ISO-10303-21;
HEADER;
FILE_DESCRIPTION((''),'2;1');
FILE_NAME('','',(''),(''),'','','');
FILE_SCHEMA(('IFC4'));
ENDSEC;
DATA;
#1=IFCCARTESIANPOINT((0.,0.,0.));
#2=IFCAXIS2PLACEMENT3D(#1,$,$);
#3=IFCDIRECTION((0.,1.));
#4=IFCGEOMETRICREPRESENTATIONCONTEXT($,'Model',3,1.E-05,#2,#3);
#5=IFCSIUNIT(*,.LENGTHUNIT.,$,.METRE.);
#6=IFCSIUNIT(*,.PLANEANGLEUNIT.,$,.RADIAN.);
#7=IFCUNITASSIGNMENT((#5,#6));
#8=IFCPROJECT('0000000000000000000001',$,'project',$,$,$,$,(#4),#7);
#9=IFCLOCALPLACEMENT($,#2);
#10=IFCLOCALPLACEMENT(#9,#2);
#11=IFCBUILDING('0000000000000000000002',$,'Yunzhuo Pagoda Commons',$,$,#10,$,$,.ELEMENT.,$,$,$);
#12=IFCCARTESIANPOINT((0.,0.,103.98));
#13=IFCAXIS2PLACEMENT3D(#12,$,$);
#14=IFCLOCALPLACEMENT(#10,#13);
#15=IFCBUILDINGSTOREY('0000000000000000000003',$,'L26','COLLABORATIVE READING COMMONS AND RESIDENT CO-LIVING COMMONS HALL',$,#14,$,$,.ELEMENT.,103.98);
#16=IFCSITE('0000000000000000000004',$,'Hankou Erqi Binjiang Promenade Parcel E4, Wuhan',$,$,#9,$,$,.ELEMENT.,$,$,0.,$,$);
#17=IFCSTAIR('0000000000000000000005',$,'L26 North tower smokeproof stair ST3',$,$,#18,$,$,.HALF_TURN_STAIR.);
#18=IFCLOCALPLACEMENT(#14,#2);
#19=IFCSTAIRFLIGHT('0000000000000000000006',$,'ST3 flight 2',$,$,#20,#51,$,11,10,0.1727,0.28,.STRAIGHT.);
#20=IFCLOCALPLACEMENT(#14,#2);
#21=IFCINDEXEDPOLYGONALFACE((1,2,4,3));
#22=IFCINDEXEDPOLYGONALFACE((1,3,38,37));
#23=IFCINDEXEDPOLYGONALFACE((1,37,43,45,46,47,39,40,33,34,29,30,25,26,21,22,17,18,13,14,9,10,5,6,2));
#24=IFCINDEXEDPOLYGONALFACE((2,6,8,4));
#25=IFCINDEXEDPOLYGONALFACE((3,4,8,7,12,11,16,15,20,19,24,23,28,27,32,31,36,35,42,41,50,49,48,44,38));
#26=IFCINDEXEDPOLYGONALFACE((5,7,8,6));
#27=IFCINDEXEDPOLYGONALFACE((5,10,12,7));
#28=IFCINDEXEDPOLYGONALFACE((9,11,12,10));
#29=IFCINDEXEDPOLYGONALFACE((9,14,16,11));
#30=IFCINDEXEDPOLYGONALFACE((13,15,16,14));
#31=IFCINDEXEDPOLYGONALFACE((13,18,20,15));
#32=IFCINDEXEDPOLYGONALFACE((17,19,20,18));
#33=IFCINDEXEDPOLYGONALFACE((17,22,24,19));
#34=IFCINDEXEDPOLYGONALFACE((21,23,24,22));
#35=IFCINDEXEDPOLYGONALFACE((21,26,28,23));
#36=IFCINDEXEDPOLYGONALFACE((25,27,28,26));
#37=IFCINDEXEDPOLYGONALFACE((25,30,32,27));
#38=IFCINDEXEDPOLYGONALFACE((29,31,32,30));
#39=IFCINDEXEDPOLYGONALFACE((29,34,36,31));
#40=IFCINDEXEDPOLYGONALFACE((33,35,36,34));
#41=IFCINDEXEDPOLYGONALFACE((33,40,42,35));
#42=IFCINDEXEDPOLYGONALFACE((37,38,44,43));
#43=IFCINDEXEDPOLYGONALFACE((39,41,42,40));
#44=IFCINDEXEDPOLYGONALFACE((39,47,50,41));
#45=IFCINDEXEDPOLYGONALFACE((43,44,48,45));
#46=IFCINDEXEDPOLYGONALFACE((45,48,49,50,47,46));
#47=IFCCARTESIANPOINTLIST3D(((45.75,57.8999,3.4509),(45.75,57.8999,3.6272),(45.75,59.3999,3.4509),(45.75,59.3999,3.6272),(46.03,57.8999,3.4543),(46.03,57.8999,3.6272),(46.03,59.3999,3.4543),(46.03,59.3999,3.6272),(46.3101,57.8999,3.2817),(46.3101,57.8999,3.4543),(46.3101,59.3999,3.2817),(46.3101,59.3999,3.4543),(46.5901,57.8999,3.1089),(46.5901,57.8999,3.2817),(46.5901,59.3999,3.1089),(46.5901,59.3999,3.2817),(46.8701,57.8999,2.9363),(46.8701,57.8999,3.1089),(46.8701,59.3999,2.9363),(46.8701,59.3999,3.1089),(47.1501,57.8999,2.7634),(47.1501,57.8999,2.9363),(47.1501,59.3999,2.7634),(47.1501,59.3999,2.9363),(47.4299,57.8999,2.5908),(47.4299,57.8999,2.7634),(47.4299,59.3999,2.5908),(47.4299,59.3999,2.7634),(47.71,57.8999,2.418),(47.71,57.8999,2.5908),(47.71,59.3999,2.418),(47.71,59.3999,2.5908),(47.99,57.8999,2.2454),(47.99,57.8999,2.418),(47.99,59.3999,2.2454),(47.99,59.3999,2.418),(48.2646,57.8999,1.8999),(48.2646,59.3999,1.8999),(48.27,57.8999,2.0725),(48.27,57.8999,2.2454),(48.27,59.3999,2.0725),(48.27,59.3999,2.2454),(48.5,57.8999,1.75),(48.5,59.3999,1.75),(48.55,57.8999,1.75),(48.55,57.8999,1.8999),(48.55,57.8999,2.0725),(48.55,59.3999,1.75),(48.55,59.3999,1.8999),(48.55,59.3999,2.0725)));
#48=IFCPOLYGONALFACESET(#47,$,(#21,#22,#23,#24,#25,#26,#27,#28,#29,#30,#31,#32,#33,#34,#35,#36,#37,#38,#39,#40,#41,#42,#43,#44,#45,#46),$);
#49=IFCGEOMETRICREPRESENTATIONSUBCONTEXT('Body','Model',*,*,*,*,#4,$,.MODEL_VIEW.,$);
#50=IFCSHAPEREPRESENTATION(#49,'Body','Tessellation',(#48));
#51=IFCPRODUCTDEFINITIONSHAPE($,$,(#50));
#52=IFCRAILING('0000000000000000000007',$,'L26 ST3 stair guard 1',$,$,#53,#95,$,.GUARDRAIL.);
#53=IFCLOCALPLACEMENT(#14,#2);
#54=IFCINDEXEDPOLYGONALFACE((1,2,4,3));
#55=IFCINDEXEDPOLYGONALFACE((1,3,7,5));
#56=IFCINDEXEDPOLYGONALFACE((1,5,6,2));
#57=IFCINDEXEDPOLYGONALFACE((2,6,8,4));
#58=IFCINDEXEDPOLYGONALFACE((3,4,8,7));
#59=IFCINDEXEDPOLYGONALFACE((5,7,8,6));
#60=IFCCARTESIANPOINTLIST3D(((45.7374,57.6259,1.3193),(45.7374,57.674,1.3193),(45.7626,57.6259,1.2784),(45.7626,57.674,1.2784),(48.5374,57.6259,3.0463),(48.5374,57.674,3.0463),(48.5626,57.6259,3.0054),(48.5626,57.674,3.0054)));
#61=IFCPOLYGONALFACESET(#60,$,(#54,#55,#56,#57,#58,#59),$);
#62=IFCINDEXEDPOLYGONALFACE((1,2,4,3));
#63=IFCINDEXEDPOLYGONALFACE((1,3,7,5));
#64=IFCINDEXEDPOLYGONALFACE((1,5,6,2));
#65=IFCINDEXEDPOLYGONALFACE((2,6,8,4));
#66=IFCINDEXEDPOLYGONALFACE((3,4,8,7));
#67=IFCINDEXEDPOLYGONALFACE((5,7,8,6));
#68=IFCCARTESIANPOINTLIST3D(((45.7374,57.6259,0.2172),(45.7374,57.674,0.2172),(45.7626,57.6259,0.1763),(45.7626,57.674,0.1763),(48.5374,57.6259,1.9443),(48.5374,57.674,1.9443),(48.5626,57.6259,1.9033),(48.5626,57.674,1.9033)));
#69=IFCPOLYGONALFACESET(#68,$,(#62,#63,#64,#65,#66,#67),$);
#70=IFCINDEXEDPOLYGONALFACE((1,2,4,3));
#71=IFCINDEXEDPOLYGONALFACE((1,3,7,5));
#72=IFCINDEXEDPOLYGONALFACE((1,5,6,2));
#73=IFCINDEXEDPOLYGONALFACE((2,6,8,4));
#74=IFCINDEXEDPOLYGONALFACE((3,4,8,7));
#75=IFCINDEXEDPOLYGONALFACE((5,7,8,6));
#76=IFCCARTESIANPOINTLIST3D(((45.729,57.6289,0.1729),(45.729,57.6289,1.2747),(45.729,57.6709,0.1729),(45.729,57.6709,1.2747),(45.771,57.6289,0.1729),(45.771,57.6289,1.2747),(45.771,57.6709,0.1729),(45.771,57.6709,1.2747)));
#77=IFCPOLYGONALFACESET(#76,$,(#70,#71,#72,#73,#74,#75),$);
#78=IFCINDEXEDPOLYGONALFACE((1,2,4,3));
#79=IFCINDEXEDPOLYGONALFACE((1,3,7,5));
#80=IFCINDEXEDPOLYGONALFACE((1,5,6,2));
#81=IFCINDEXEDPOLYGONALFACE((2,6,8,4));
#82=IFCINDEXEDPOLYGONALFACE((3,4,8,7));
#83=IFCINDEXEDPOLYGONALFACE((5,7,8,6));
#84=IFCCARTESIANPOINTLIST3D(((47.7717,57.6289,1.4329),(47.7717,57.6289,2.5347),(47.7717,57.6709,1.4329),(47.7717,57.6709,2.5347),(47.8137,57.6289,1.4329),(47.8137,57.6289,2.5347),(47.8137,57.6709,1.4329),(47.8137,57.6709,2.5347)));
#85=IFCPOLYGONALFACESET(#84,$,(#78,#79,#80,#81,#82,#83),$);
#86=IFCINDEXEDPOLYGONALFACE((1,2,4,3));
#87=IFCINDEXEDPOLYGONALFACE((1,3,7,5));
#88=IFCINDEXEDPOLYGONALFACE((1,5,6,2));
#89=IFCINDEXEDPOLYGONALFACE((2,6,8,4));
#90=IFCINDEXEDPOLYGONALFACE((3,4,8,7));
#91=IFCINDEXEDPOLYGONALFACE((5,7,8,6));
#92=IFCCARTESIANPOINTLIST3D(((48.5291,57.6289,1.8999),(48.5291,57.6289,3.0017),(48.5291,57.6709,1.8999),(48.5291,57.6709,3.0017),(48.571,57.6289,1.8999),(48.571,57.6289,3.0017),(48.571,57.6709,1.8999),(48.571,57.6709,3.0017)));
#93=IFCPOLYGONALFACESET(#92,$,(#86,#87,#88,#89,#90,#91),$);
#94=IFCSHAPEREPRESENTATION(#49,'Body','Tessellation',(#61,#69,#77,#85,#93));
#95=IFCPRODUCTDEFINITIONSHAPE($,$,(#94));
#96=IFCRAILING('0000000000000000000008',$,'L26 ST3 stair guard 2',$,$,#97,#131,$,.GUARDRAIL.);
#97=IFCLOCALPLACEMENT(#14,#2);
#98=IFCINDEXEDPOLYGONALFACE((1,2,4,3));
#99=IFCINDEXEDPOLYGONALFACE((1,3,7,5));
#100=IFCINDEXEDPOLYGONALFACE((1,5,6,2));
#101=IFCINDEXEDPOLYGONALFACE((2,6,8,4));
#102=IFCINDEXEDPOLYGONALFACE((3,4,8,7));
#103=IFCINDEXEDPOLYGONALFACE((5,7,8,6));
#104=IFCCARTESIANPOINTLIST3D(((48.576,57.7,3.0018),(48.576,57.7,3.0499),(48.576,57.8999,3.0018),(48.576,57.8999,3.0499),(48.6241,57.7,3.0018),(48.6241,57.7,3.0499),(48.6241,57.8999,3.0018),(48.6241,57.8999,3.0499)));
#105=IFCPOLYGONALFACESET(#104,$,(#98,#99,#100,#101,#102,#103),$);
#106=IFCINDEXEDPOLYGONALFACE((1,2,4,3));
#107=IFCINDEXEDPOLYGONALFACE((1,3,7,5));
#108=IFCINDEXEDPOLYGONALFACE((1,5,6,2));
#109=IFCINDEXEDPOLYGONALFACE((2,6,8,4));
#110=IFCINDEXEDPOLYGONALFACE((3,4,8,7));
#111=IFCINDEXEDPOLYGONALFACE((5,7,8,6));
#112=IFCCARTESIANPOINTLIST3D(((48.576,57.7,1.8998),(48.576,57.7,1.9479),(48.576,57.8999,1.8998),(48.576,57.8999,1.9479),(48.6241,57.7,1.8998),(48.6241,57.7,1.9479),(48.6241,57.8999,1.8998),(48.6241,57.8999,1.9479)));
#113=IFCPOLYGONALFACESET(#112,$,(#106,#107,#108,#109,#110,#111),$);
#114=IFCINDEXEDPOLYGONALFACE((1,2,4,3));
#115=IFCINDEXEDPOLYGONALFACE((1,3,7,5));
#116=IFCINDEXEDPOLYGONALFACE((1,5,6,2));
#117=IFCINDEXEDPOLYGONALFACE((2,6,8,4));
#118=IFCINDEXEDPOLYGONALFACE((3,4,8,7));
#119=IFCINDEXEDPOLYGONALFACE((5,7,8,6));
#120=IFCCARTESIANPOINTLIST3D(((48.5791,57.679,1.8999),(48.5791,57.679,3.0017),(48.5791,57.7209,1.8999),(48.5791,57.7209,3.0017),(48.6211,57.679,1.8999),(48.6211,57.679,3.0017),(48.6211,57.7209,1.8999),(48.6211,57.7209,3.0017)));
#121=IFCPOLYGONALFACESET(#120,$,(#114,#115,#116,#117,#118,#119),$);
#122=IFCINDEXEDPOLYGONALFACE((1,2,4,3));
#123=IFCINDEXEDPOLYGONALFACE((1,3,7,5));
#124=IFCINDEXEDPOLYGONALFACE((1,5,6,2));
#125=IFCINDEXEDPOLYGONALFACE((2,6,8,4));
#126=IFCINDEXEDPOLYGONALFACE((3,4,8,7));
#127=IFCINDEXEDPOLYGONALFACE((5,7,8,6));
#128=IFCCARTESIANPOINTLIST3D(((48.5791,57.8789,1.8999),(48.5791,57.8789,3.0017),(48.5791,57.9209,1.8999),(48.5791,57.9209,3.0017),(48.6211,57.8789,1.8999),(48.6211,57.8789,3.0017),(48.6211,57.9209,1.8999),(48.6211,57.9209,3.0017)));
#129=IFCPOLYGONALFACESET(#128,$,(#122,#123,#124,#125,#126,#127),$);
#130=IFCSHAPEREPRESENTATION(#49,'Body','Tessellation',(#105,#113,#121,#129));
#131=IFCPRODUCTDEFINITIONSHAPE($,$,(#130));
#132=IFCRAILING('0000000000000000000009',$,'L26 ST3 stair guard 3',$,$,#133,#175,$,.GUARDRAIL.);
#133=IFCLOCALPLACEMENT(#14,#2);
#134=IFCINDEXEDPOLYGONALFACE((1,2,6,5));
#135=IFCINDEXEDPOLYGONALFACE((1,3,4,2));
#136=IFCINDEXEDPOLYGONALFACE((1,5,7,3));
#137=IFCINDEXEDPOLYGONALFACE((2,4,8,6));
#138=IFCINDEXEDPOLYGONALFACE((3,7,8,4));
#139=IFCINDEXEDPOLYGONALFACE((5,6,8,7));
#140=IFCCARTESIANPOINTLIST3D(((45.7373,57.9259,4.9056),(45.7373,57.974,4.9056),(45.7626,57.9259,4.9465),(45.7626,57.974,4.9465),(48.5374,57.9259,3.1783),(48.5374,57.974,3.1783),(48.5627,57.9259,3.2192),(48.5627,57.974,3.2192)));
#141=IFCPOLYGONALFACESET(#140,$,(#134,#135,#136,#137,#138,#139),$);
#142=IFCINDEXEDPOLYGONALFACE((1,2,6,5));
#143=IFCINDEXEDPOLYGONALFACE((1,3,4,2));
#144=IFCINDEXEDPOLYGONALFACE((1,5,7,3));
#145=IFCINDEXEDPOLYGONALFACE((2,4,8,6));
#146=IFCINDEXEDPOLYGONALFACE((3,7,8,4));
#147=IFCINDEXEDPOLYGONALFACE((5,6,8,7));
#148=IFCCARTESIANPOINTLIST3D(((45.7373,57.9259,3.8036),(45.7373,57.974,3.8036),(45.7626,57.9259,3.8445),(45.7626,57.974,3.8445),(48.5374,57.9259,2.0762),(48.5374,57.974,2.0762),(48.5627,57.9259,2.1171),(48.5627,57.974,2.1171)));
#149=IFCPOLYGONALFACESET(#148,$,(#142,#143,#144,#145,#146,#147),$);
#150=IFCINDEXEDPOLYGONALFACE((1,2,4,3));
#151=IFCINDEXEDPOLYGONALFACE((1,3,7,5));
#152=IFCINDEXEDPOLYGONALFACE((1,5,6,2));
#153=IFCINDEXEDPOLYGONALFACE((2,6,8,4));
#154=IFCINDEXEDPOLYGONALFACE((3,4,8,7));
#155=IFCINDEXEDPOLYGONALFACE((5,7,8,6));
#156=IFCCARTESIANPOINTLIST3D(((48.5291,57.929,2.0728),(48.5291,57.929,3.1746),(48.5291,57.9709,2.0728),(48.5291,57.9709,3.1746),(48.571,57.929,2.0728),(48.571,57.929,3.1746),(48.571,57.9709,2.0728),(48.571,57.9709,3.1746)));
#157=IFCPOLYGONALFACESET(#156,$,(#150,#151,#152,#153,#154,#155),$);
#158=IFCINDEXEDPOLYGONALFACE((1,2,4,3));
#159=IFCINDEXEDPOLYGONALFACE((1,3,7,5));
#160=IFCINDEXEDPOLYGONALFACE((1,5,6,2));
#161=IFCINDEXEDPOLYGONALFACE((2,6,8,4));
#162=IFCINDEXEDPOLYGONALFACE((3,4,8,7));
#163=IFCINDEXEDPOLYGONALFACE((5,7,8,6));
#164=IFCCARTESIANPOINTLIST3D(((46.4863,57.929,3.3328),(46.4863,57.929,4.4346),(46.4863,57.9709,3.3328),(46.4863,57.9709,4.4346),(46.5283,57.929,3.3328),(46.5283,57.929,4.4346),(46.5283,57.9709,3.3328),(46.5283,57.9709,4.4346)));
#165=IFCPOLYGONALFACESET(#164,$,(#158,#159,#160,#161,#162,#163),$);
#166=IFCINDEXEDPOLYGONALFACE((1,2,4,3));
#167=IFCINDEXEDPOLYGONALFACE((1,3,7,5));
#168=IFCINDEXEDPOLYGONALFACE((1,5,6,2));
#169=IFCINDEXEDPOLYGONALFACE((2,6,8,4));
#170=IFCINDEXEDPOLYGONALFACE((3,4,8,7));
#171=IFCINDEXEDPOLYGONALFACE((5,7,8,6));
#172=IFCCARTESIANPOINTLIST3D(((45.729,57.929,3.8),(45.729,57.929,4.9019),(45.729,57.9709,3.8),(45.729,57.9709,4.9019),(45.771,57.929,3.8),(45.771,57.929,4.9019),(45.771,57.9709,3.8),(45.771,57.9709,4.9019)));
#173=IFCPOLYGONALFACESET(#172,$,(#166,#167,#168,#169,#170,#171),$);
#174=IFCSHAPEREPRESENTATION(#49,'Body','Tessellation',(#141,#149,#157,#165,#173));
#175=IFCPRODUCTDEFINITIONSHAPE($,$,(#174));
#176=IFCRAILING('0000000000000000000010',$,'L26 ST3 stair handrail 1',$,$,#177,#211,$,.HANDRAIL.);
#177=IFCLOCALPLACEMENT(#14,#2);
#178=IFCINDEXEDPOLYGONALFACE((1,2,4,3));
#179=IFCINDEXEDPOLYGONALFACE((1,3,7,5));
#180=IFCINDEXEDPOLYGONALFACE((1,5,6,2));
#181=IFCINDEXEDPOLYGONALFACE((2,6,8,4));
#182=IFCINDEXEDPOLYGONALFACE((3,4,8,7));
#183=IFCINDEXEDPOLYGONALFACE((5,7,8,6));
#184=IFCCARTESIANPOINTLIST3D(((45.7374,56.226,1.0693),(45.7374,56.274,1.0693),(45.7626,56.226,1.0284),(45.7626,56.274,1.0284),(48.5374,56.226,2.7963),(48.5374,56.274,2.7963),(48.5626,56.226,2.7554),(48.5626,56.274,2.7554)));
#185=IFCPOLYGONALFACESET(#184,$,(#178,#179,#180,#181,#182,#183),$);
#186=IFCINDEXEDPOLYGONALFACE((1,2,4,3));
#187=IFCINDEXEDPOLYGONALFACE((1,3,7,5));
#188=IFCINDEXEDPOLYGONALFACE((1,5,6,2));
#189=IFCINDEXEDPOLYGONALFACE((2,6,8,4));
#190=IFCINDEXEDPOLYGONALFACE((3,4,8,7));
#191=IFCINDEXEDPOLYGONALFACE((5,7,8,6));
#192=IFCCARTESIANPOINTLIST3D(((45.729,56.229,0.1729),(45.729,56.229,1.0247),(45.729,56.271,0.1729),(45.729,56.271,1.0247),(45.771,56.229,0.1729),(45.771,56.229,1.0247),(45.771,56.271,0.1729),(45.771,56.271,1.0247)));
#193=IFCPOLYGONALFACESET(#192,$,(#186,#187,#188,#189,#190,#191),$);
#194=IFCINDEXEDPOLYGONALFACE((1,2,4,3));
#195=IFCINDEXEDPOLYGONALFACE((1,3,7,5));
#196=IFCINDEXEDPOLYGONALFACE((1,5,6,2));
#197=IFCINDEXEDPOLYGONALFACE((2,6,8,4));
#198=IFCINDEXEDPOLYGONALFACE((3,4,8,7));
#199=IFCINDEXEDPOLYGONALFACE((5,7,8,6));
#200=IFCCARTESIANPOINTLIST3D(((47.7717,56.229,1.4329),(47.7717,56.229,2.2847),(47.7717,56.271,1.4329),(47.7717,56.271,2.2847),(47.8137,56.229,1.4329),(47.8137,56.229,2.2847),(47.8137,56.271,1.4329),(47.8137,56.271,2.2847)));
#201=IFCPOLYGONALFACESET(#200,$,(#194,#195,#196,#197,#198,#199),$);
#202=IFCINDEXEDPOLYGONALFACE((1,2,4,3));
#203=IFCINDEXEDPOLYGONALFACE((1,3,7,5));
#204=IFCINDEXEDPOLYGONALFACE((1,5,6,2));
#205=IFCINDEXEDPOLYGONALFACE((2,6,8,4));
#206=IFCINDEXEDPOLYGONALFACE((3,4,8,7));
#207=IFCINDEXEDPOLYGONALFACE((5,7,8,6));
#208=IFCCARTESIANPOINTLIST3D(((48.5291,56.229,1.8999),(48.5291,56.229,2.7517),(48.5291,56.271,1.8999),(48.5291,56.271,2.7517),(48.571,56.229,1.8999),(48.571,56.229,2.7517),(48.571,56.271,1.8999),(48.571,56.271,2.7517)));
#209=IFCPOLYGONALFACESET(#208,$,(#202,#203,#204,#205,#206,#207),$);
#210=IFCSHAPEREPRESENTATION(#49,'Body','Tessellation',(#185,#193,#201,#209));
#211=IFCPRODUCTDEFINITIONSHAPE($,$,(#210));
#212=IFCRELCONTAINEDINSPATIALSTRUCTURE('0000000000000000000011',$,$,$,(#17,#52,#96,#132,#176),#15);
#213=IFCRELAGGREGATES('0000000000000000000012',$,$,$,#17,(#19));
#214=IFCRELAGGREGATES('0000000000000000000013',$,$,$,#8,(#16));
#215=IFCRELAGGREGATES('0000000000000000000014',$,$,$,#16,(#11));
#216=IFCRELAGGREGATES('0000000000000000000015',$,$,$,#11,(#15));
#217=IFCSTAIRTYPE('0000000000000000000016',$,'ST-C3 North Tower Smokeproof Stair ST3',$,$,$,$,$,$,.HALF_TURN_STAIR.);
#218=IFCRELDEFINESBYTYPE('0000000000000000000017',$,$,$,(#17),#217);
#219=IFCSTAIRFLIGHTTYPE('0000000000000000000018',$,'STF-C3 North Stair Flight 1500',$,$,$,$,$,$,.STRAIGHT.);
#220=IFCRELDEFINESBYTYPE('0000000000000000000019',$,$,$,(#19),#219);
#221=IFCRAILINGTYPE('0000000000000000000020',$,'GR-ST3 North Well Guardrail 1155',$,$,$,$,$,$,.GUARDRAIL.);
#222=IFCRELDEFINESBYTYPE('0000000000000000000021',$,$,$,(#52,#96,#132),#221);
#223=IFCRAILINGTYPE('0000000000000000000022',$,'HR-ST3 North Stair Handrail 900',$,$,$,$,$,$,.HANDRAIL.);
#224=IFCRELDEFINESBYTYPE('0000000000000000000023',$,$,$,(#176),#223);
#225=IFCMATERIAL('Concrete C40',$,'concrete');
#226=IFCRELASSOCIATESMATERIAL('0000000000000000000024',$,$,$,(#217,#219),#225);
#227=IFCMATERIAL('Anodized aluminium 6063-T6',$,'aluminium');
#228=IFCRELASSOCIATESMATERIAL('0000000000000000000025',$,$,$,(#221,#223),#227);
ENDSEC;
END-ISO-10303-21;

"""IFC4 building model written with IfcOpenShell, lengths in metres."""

from ifc_helpers import new_model, si_unit, direction, frame, origin, origin_2d, place, context, subcontext, project, spatial, polyline, rectangle, outline, extrude, source, transform, mapped, material, type_object, element, aggregate, save


model = new_model("IFC4")

# Units and contexts
model_context = context("Model", 3, precision=1e-05, world=origin(), true_north=direction((0.0, 1.0)))
body_context = subcontext(model_context, "Body", "Model", "MODEL_VIEW")
ifc_project = project(units=[si_unit("LENGTHUNIT", "METRE"), si_unit("PLANEANGLEUNIT", "RADIAN")], contexts=[model_context])

# Site, building, storey
site_placement = place(None, origin())
site = spatial("IfcSite", under=ifc_project, at=site_placement, Name="Hankou Erqi Binjiang Promenade Parcel E4, Wuhan", CompositionType="ELEMENT", RefElevation=0.0)
building_placement = place(site_placement, origin())
building = spatial("IfcBuilding", under=site, at=building_placement, Name="Yunzhuo Pagoda Commons", CompositionType="ELEMENT")
storey_placement = place(building_placement, frame((0.0, 0.0, 103.98)))
storey = spatial("IfcBuildingStorey", under=building, at=storey_placement, Name="L26", Description="COLLABORATIVE READING COMMONS AND RESIDENT CO-LIVING COMMONS HALL", CompositionType="ELEMENT", Elevation=103.98)

# Shared definitions
ifc_material_1 = material(Name="Anodized aluminium 6063-T6", Category="aluminium")

# Stair, stair flight
ifc_material_2 = material(Name="Concrete C40", Category="concrete")
stair_type = type_object("IfcStairType", Name="ST-C3 North Tower Smokeproof Stair ST3", PredefinedType="HALF_TURN_STAIR", material=ifc_material_2)
stair_placement = place(storey_placement, origin())
stair = element("IfcStair", 1, at=stair_placement, inside=storey, type_object=stair_type, Name="L26 North tower smokeproof stair ST3", PredefinedType="HALF_TURN_STAIR")
stair_flight_type = type_object("IfcStairFlightType", Name="STF-C3 North Stair Flight 1500", PredefinedType="STRAIGHT", material=ifc_material_2)
shared_shape_1 = source(origin(), body_context, "Body", "SweptSolid", [
    extrude(outline(polyline([(0.0, -0.1499), (0.0, 0.0), (0.0, 0.1726), (0.28, 0.1726), (0.28, 0.3455), (0.5601, 0.3455), (0.5601, 0.5181), (0.8401, 0.5181), (0.8401, 0.6909), (1.1201, 0.6909), (1.1201, 0.8635), (1.3999, 0.8635), (1.3999, 1.0364), (1.6799, 1.0364), (1.6799, 1.209), (1.96, 1.209), (1.96, 1.3818), (2.24, 1.3818), (2.24, 1.5544), (2.52, 1.5544), (2.52, 1.7273), (2.8, 1.7273), (2.8, 1.8999), (2.8, 1.551), (0.2854, 0.0), (0.05, -0.1499), (0.0, -0.1499)])), frame((0.0, 0.75, 0.0), z_axis=(0.0, -1.0, 0.0), x_axis=(1.0, 0.0, 0.0)), (0.0, 0.0, 1.0), 1.5),
])
stair_flight_placement = place(storey_placement, frame((48.55, 58.6499, 1.8999), z_axis=(0.0, 0.0, 1.0), x_axis=(-1.0, 0.0, 0.0)))
stair_flight = element("IfcStairFlight", 2, at=stair_flight_placement, type_object=stair_flight_type, Name="ST3 flight 2", NumberOfRisers=11, NumberOfTreads=10, PredefinedType="STRAIGHT", RiserHeight=0.1727, TreadLength=0.28, context=body_context, shape_type="MappedRepresentation", body=[
    mapped(shared_shape_1, transform((0.0, 0.0, 0.0), scale=1.0)),
])
aggregate(stair, [stair_flight])

# Railings
railing_type_1 = type_object("IfcRailingType", Name="GR-ST3 North Well Guardrail 1155", PredefinedType="GUARDRAIL", material=ifc_material_1)
railing_1_placement = place(storey_placement, frame((45.75, 57.6499, 0.1729)))
element("IfcRailing", 3, at=railing_1_placement, inside=storey, type_object=railing_type_1, Name="L26 ST3 stair guard 1", PredefinedType="GUARDRAIL", context=body_context, shape_type="SweptSolid", body=[
    extrude(rectangle(XDim=0.0481, YDim=0.0481, at=origin_2d()), frame((0.0, 0.0, 1.126), z_axis=(0.851123, 0.0, 0.524967), x_axis=(0.0, 1.0, 0.0)), (0.0, 0.0, 1.0), 3.2898),
    extrude(rectangle(XDim=0.0481, YDim=0.0481, at=origin_2d()), frame((0.0, 0.0, 0.0239), z_axis=(0.851123, 0.0, 0.524967), x_axis=(0.0, 1.0, 0.0)), (0.0, 0.0, 1.0), 3.2898),
    extrude(rectangle(XDim=0.042, YDim=0.042, at=origin_2d()), origin(), (0.0, 0.0, 1.0), 1.1018),
    extrude(rectangle(XDim=0.042, YDim=0.042, at=origin_2d()), frame((2.0427, 0.0, 1.26)), (0.0, 0.0, 1.0), 1.1018),
    extrude(rectangle(XDim=0.042, YDim=0.042, at=origin_2d()), frame((2.8, 0.0, 1.7271)), (0.0, 0.0, 1.0), 1.1018),
])
railing_2_placement = place(storey_placement, frame((48.6001, 57.7, 1.8999)))
element("IfcRailing", 4, at=railing_2_placement, inside=storey, type_object=railing_type_1, Name="L26 ST3 stair guard 2", PredefinedType="GUARDRAIL", context=body_context, shape_type="SweptSolid", body=[
    extrude(rectangle(XDim=0.0481, YDim=0.0481, at=origin_2d()), frame((0.0, 0.0, 1.126), z_axis=(0.0, 1.0, 0.0), x_axis=(-1.0, 0.0, 0.0)), (0.0, 0.0, 1.0), 0.2),
    extrude(rectangle(XDim=0.0481, YDim=0.0481, at=origin_2d()), frame((0.0, 0.0, 0.0239), z_axis=(0.0, 1.0, 0.0), x_axis=(-1.0, 0.0, 0.0)), (0.0, 0.0, 1.0), 0.2),
    extrude(rectangle(XDim=0.042, YDim=0.042, at=origin_2d()), origin(), (0.0, 0.0, 1.0), 1.1018),
    extrude(rectangle(XDim=0.042, YDim=0.042, at=origin_2d()), frame((0.0, 0.2, 0.0)), (0.0, 0.0, 1.0), 1.1018),
])
railing_3_placement = place(storey_placement, frame((48.55, 57.95, 2.0728)))
element("IfcRailing", 5, at=railing_3_placement, inside=storey, type_object=railing_type_1, Name="L26 ST3 stair guard 3", PredefinedType="GUARDRAIL", context=body_context, shape_type="SweptSolid", body=[
    extrude(rectangle(XDim=0.0481, YDim=0.0481, at=origin_2d()), frame((0.0, 0.0, 1.126), z_axis=(-0.85109, 0.0, 0.52502), x_axis=(0.0, -1.0, 0.0)), (0.0, 0.0, 1.0), 3.29),
    extrude(rectangle(XDim=0.0481, YDim=0.0481, at=origin_2d()), frame((0.0, 0.0, 0.0239), z_axis=(-0.85109, 0.0, 0.52502), x_axis=(0.0, -1.0, 0.0)), (0.0, 0.0, 1.0), 3.29),
    extrude(rectangle(XDim=0.042, YDim=0.042, at=origin_2d()), origin(), (0.0, 0.0, 1.0), 1.1018),
    extrude(rectangle(XDim=0.042, YDim=0.042, at=origin_2d()), frame((-2.0427, 0.0, 1.26)), (0.0, 0.0, 1.0), 1.1018),
    extrude(rectangle(XDim=0.042, YDim=0.042, at=origin_2d()), frame((-2.8, 0.0, 1.7273)), (0.0, 0.0, 1.0), 1.1018),
])
railing_type_2 = type_object("IfcRailingType", Name="HR-ST3 North Stair Handrail 900", PredefinedType="HANDRAIL", material=ifc_material_1)
railing_4_placement = place(storey_placement, frame((45.75, 56.25, 0.1729)))
element("IfcRailing", 6, at=railing_4_placement, inside=storey, type_object=railing_type_2, Name="L26 ST3 stair handrail 1", PredefinedType="HANDRAIL", context=body_context, shape_type="SweptSolid", body=[
    extrude(rectangle(XDim=0.0481, YDim=0.0481, at=origin_2d()), frame((0.0, 0.0, 0.876), z_axis=(0.851123, 0.0, 0.524967), x_axis=(0.0, 1.0, 0.0)), (0.0, 0.0, 1.0), 3.2898),
    extrude(rectangle(XDim=0.042, YDim=0.042, at=origin_2d()), origin(), (0.0, 0.0, 1.0), 0.8518),
    extrude(rectangle(XDim=0.042, YDim=0.042, at=origin_2d()), frame((2.0427, 0.0, 1.26)), (0.0, 0.0, 1.0), 0.8518),
    extrude(rectangle(XDim=0.042, YDim=0.042, at=origin_2d()), frame((2.8, 0.0, 1.7271)), (0.0, 0.0, 1.0), 0.8518),
])

save(model, "model.ifc")
